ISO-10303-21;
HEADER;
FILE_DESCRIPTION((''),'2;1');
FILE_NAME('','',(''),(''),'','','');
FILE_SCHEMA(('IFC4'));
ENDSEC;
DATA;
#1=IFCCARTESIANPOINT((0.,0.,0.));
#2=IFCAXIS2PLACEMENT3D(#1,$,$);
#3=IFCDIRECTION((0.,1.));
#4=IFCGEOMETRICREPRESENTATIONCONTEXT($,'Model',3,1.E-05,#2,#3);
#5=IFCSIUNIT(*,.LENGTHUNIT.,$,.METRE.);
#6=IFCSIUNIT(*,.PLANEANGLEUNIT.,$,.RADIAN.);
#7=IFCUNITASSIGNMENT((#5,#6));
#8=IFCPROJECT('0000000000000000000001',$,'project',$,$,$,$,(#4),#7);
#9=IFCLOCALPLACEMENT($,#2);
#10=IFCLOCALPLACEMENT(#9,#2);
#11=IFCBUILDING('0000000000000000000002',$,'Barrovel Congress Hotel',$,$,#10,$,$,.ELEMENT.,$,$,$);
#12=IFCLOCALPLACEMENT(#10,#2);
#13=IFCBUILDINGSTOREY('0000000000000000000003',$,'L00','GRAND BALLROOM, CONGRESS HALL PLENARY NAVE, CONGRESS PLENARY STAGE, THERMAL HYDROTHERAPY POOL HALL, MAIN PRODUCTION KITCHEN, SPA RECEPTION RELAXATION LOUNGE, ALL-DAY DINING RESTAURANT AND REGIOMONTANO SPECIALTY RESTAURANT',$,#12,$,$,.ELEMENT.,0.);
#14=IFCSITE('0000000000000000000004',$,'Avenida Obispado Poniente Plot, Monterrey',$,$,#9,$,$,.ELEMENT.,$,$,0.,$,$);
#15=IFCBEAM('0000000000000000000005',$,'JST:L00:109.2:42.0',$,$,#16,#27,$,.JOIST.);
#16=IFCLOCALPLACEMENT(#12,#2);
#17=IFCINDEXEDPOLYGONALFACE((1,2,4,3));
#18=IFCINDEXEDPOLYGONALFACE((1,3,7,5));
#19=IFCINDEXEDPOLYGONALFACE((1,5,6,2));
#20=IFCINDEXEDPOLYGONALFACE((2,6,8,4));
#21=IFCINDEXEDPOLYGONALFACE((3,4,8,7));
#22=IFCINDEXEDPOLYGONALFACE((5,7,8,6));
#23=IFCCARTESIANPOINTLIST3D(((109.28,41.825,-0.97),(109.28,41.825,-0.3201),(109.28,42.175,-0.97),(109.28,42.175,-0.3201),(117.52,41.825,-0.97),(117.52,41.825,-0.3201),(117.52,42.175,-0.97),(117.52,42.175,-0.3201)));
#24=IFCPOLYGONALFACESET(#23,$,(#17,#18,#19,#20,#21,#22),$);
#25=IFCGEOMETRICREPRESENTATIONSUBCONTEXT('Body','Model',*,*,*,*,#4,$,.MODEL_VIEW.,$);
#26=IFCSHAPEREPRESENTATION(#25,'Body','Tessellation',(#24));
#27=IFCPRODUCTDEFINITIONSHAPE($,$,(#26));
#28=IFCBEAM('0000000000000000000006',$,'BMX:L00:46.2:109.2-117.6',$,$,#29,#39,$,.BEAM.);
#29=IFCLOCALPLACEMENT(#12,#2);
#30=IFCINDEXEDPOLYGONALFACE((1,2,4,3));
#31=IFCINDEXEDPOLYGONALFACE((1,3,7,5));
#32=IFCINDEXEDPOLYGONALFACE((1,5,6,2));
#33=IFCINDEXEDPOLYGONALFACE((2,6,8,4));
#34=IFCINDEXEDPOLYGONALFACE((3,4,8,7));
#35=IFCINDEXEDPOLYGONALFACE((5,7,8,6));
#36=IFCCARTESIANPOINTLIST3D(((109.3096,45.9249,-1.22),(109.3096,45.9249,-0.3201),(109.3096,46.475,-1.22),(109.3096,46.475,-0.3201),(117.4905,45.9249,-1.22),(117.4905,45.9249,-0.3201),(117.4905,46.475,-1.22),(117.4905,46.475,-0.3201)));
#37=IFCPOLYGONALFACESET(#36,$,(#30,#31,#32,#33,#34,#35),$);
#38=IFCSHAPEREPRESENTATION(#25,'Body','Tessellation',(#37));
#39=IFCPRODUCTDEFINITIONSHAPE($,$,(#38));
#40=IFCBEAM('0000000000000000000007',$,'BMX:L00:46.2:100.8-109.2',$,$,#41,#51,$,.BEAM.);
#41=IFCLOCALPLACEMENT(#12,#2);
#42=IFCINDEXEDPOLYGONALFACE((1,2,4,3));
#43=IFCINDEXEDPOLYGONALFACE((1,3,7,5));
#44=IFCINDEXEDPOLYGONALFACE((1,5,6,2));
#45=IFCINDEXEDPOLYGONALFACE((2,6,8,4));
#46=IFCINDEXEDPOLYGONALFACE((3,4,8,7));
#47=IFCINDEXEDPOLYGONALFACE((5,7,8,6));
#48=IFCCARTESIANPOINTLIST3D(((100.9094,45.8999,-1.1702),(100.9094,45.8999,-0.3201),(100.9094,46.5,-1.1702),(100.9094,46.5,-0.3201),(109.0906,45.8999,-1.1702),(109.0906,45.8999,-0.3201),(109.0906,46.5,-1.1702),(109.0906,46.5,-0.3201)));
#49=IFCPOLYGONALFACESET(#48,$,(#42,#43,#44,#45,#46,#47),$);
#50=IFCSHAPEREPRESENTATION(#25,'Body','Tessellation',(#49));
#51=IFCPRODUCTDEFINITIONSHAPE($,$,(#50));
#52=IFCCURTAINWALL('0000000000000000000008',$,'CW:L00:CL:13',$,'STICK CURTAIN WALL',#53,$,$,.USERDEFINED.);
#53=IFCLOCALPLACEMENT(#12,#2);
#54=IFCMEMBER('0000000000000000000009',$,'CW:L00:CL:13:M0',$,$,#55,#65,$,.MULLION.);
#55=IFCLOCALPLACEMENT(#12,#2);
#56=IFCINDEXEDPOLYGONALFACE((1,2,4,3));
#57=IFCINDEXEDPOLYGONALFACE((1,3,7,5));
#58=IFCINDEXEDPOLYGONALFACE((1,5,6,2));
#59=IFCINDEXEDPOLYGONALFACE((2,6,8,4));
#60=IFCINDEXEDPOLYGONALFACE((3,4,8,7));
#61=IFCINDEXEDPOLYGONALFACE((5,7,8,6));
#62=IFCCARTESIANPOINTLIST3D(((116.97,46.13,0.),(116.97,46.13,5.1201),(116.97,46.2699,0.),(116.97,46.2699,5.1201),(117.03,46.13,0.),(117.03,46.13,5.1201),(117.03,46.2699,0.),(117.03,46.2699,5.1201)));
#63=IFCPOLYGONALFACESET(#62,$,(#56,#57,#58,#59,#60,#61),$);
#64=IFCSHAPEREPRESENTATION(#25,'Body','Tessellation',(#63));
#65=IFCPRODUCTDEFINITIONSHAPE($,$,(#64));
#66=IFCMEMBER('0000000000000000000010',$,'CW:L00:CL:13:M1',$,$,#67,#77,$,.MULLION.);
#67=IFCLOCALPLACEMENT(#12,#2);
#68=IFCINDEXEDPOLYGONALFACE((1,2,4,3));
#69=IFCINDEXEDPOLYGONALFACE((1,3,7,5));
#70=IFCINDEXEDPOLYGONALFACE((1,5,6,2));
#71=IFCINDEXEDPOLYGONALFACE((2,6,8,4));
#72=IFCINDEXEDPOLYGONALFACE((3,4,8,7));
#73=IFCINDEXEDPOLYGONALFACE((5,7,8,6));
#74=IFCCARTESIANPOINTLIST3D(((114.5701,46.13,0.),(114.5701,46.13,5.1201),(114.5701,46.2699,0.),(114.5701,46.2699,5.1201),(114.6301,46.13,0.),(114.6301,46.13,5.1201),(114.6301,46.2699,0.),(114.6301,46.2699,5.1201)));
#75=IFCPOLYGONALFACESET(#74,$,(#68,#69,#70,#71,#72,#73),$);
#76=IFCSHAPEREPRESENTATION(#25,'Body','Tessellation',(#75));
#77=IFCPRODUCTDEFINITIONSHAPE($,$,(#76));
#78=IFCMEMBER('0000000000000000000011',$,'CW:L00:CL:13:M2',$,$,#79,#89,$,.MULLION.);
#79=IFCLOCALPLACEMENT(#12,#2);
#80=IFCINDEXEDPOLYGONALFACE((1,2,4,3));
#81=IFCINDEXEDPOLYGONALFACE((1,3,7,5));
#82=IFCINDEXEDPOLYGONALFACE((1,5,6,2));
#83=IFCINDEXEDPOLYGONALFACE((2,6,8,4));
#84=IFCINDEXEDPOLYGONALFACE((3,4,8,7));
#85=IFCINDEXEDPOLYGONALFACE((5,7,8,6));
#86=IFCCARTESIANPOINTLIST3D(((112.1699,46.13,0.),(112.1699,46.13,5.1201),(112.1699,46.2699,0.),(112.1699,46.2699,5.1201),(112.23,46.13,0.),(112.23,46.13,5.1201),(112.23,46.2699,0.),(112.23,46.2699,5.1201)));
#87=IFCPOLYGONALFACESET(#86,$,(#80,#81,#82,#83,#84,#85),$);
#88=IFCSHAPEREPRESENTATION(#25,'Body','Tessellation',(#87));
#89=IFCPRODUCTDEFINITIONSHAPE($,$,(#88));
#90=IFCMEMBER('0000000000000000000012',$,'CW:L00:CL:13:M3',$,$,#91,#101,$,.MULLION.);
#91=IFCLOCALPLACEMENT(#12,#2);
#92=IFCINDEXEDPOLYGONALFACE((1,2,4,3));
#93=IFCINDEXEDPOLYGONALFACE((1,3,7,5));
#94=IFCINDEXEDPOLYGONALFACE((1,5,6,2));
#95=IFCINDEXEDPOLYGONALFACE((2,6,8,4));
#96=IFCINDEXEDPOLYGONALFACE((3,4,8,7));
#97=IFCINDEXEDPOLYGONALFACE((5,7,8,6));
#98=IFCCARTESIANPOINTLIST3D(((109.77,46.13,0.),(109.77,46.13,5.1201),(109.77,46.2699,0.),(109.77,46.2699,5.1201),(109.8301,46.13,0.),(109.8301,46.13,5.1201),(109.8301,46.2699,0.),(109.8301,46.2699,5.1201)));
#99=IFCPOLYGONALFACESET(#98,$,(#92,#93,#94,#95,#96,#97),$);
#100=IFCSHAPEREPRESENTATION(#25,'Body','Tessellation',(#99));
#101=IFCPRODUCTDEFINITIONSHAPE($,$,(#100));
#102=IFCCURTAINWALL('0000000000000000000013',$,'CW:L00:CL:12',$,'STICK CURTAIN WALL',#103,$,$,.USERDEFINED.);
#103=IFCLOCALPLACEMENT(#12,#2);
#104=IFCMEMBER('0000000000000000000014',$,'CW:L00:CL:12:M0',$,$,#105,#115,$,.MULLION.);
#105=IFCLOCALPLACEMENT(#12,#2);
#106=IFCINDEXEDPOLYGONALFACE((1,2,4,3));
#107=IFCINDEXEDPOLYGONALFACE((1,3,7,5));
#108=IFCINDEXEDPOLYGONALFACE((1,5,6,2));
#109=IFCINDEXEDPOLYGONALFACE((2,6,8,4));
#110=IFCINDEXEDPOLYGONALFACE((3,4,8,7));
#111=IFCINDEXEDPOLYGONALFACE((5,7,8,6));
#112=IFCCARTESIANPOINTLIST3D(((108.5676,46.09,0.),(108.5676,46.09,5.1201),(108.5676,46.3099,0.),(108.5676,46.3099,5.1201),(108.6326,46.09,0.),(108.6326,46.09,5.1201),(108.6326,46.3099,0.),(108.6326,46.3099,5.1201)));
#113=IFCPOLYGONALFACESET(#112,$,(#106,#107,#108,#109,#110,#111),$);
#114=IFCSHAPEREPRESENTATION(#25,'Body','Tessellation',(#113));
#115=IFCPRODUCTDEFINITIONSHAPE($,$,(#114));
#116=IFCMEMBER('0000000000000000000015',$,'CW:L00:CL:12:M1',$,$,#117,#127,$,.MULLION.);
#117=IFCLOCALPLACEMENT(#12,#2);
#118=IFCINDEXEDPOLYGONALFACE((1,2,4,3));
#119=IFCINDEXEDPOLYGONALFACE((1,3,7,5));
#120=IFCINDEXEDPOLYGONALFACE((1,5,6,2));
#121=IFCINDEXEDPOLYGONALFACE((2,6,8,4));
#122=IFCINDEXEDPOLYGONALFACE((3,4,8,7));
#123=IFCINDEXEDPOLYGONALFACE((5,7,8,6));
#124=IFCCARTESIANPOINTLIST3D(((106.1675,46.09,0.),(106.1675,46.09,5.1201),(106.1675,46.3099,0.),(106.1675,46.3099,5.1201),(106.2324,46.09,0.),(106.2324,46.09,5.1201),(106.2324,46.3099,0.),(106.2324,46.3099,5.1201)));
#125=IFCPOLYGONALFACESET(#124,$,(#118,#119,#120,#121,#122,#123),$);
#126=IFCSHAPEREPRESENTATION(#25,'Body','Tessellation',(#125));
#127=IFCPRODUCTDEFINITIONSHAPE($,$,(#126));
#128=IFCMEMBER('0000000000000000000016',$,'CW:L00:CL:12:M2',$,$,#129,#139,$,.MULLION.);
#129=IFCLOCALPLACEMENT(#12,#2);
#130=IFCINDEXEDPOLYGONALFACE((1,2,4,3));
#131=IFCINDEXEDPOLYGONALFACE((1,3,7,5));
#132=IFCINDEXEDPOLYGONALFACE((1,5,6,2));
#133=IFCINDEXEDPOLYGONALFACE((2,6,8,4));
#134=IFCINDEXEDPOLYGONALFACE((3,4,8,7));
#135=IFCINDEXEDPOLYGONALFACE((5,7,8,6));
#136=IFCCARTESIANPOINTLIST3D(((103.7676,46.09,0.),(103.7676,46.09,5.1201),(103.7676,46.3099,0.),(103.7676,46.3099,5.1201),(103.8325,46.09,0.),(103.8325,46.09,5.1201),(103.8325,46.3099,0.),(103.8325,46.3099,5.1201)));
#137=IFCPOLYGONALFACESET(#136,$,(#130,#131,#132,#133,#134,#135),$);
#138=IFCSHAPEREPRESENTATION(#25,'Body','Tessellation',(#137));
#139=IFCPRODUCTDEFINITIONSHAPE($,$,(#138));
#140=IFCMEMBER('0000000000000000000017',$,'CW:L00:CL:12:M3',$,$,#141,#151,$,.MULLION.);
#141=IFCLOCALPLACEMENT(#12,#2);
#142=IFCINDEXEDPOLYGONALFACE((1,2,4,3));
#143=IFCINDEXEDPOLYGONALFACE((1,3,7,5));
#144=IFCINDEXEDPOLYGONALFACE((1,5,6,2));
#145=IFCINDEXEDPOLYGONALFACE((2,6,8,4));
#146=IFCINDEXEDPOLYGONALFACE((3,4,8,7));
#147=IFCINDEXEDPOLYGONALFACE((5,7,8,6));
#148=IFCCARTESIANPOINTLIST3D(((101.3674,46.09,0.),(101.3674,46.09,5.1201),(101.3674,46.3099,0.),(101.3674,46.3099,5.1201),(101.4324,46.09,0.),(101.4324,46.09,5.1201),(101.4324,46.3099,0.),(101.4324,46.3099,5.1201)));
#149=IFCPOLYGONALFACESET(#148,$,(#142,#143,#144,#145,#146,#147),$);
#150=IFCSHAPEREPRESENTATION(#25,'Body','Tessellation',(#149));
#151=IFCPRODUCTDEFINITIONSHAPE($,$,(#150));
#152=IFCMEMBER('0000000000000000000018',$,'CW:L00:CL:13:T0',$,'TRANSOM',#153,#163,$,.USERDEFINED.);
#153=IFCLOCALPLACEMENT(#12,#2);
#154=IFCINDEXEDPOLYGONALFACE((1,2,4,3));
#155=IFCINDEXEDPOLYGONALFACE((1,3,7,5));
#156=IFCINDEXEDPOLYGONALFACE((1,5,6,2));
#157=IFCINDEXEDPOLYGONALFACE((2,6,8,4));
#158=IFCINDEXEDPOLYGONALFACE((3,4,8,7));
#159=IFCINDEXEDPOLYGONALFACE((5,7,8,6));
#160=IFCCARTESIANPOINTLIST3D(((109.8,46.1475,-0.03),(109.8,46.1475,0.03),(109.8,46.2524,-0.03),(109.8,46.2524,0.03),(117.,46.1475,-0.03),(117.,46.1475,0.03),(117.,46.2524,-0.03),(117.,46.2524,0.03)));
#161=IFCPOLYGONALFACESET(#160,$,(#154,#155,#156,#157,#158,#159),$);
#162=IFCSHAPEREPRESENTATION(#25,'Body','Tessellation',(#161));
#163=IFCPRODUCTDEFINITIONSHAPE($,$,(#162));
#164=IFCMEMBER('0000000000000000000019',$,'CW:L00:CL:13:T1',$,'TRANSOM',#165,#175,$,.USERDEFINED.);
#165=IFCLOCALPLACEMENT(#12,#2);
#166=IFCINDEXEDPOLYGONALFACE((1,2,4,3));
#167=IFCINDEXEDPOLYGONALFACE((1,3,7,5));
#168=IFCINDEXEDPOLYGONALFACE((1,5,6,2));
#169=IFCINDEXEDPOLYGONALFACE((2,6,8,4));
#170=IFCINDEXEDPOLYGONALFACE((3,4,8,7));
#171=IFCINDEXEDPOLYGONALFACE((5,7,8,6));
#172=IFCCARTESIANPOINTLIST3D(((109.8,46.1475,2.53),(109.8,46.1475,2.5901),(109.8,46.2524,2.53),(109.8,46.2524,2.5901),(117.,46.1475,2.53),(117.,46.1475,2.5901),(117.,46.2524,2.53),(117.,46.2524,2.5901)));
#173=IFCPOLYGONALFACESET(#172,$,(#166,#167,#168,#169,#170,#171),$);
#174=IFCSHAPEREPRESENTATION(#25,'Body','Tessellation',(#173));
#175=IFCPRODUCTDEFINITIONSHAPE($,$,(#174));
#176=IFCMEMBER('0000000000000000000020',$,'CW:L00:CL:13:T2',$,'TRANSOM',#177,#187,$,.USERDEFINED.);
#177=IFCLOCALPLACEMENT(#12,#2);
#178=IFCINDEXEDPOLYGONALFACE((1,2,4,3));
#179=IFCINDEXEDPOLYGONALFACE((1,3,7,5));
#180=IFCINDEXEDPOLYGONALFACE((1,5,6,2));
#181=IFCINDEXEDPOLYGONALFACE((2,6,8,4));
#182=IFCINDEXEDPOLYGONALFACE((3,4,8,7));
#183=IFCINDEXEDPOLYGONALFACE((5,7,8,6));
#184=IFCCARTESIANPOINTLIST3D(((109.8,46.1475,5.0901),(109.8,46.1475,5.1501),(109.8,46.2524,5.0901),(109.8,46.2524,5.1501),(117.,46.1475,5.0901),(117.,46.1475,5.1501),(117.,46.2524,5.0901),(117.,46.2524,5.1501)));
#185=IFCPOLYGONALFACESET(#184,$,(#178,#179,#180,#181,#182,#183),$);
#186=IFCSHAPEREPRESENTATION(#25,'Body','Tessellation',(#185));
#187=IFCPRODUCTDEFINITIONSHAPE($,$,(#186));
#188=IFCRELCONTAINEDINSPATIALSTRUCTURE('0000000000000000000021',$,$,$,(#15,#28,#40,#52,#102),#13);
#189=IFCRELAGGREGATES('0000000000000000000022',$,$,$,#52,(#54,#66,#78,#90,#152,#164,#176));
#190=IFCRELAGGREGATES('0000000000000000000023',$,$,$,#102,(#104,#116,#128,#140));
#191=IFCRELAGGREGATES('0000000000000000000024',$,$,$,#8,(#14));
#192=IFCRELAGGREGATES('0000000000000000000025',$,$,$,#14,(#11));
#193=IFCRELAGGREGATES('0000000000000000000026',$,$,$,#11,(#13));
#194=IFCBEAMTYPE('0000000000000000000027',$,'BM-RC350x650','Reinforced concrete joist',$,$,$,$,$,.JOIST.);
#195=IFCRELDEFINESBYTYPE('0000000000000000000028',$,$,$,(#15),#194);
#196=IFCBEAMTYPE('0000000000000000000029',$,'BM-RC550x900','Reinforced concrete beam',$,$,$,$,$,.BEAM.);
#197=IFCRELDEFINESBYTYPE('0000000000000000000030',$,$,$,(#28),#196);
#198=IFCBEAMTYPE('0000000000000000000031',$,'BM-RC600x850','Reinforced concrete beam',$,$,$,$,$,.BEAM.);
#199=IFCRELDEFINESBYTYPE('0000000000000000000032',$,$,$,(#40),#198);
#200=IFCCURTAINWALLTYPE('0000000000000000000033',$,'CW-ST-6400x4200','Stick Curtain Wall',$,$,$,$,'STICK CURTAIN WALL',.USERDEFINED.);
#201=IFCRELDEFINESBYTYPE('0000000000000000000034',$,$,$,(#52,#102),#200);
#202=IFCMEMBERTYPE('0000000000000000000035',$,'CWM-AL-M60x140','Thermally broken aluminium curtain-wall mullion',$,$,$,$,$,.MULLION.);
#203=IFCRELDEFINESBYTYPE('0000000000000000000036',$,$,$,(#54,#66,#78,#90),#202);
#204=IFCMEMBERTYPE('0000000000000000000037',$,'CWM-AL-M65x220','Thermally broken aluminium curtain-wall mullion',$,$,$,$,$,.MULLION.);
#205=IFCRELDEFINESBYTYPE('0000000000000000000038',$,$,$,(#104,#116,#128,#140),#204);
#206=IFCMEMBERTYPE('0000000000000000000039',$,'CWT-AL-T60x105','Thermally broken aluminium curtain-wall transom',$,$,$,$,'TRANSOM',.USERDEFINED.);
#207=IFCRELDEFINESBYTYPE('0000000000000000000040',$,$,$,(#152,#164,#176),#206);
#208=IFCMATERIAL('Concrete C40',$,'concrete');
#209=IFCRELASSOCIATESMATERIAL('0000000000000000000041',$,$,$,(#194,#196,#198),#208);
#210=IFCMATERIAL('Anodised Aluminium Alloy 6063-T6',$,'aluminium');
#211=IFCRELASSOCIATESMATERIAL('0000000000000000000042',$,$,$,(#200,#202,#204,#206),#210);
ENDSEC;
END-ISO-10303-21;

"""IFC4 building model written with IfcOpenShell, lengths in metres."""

from ifc_helpers import new_model, si_unit, direction, frame, origin, origin_2d, place, context, subcontext, project, spatial, rectangle, extrude, material, material_profile, profile_set, type_object, element, aggregate, save


model = new_model("IFC4")

# Units and contexts
model_context = context("Model", 3, precision=1e-05, world=origin(), true_north=direction((0.0, 1.0)))
body_context = subcontext(model_context, "Body", "Model", "MODEL_VIEW")
ifc_project = project(units=[si_unit("LENGTHUNIT", "METRE"), si_unit("PLANEANGLEUNIT", "RADIAN")], contexts=[model_context])

# Site, building, storey
site_placement = place(None, origin())
site = spatial("IfcSite", under=ifc_project, at=site_placement, Name="Avenida Obispado Poniente Plot, Monterrey", CompositionType="ELEMENT", RefElevation=0.0)
building_placement = place(site_placement, origin())
building = spatial("IfcBuilding", under=site, at=building_placement, Name="Barrovel Congress Hotel", CompositionType="ELEMENT")
storey_placement = place(building_placement, origin())
storey = spatial("IfcBuildingStorey", under=building, at=storey_placement, Name="L00", Description="GRAND BALLROOM, CONGRESS HALL PLENARY NAVE, CONGRESS PLENARY STAGE, THERMAL HYDROTHERAPY POOL HALL, MAIN PRODUCTION KITCHEN, SPA RECEPTION RELAXATION LOUNGE, ALL-DAY DINING RESTAURANT AND REGIOMONTANO SPECIALTY RESTAURANT", CompositionType="ELEMENT", Elevation=0.0)

# Shared definitions
ifc_material_1 = material(Name="Concrete C40", Category="concrete")

# Beams
ifc_material_profile_1 = material_profile(ifc_material_1, rectangle(XDim=0.3501, YDim=0.6499, at=origin_2d()), Name="RC350x650")
ifc_profile_set_1 = profile_set([ifc_material_profile_1], Name="Concrete C40")
beam_type_1 = type_object("IfcBeamType", Name="BM-RC350x650", Description="Reinforced concrete joist", PredefinedType="JOIST", material=ifc_profile_set_1)
beam_1_placement = place(storey_placement, frame((109.28, 42.0, -0.645), z_axis=(1.0, 0.0, 0.0), x_axis=(0.0, 1.0, 0.0)))
element("IfcBeam", 1, at=beam_1_placement, inside=storey, type_object=beam_type_1, Name="JST:L00:109.2:42.0", PredefinedType="JOIST", context=body_context, shape_type="SweptSolid", body=[
    extrude(rectangle(XDim=0.3501, YDim=0.6499, at=origin_2d()), origin(), (0.0, 0.0, 1.0), 8.24),
])
ifc_material_profile_2 = material_profile(ifc_material_1, rectangle(XDim=0.55, YDim=0.8999, at=origin_2d()), Name="RC550x900")
ifc_profile_set_2 = profile_set([ifc_material_profile_2], Name="Concrete C40")
beam_type_2 = type_object("IfcBeamType", Name="BM-RC550x900", Description="Reinforced concrete beam", PredefinedType="BEAM", material=ifc_profile_set_2)
beam_2_placement = place(storey_placement, frame((109.3096, 46.2, -0.77), z_axis=(1.0, 0.0, 0.0), x_axis=(0.0, 1.0, 0.0)))
element("IfcBeam", 2, at=beam_2_placement, inside=storey, type_object=beam_type_2, Name="BMX:L00:46.2:109.2-117.6", PredefinedType="BEAM", context=body_context, shape_type="SweptSolid", body=[
    extrude(rectangle(XDim=0.55, YDim=0.8999, at=origin_2d()), origin(), (0.0, 0.0, 1.0), 8.1809),
])
ifc_material_profile_3 = material_profile(ifc_material_1, rectangle(XDim=0.6001, YDim=0.8501, at=origin_2d()), Name="RC600x850")
ifc_profile_set_3 = profile_set([ifc_material_profile_3], Name="Concrete C40")
beam_type_3 = type_object("IfcBeamType", Name="BM-RC600x850", Description="Reinforced concrete beam", PredefinedType="BEAM", material=ifc_profile_set_3)
beam_3_placement = place(storey_placement, frame((100.9094, 46.2, -0.7451), z_axis=(1.0, 0.0, 0.0), x_axis=(0.0, 1.0, 0.0)))
element("IfcBeam", 3, at=beam_3_placement, inside=storey, type_object=beam_type_3, Name="BMX:L00:46.2:100.8-109.2", PredefinedType="BEAM", context=body_context, shape_type="SweptSolid", body=[
    extrude(rectangle(XDim=0.6001, YDim=0.8501, at=origin_2d()), origin(), (0.0, 0.0, 1.0), 8.1812),
])

# Curtain walls, members
ifc_material_2 = material(Name="Anodised Aluminium Alloy 6063-T6", Category="aluminium")
curtain_wall_type = type_object("IfcCurtainWallType", Name="CW-ST-6400x4200", Description="Stick Curtain Wall", ElementType="STICK CURTAIN WALL", PredefinedType="USERDEFINED", material=ifc_material_2)
curtain_wall_1_placement = place(storey_placement, origin())
curtain_wall_1 = element("IfcCurtainWall", 4, at=curtain_wall_1_placement, inside=storey, type_object=curtain_wall_type, Name="CW:L00:CL:13", ObjectType="STICK CURTAIN WALL", PredefinedType="USERDEFINED")
ifc_material_profile_4 = material_profile(ifc_material_2, rectangle(XDim=0.0601, YDim=0.1399, at=origin_2d()), Name="AL-M60x140")
ifc_profile_set_4 = profile_set([ifc_material_profile_4], Name="Anodised Aluminium Alloy 6063-T6")
member_type_1 = type_object("IfcMemberType", Name="CWM-AL-M60x140", Description="Thermally broken aluminium curtain-wall mullion", PredefinedType="MULLION", material=ifc_profile_set_4)
member_1_placement = place(storey_placement, frame((117.0, 46.2, 0.0), z_axis=(0.0, 0.0, 1.0), x_axis=(1.0, 0.0, 0.0)))
member_1 = element("IfcMember", 5, at=member_1_placement, type_object=member_type_1, Name="CW:L00:CL:13:M0", PredefinedType="MULLION", context=body_context, shape_type="SweptSolid", body=[
    extrude(rectangle(XDim=0.0601, YDim=0.1399, at=origin_2d()), origin(), (0.0, 0.0, 1.0), 5.1201),
])
member_2_placement = place(storey_placement, frame((114.6001, 46.2, 0.0), z_axis=(0.0, 0.0, 1.0), x_axis=(1.0, 0.0, 0.0)))
member_2 = element("IfcMember", 6, at=member_2_placement, type_object=member_type_1, Name="CW:L00:CL:13:M1", PredefinedType="MULLION", context=body_context, shape_type="SweptSolid", body=[
    extrude(rectangle(XDim=0.0601, YDim=0.1399, at=origin_2d()), origin(), (0.0, 0.0, 1.0), 5.1201),
])
member_3_placement = place(storey_placement, frame((112.2, 46.2, 0.0), z_axis=(0.0, 0.0, 1.0), x_axis=(1.0, 0.0, 0.0)))
member_3 = element("IfcMember", 7, at=member_3_placement, type_object=member_type_1, Name="CW:L00:CL:13:M2", PredefinedType="MULLION", context=body_context, shape_type="SweptSolid", body=[
    extrude(rectangle(XDim=0.0601, YDim=0.1399, at=origin_2d()), origin(), (0.0, 0.0, 1.0), 5.1201),
])
member_4_placement = place(storey_placement, frame((109.8, 46.2, 0.0), z_axis=(0.0, 0.0, 1.0), x_axis=(1.0, 0.0, 0.0)))
member_4 = element("IfcMember", 8, at=member_4_placement, type_object=member_type_1, Name="CW:L00:CL:13:M3", PredefinedType="MULLION", context=body_context, shape_type="SweptSolid", body=[
    extrude(rectangle(XDim=0.0601, YDim=0.1399, at=origin_2d()), origin(), (0.0, 0.0, 1.0), 5.1201),
])
curtain_wall_2_placement = place(storey_placement, origin())
curtain_wall_2 = element("IfcCurtainWall", 9, at=curtain_wall_2_placement, inside=storey, type_object=curtain_wall_type, Name="CW:L00:CL:12", ObjectType="STICK CURTAIN WALL", PredefinedType="USERDEFINED")
ifc_material_profile_5 = material_profile(ifc_material_2, rectangle(XDim=0.0649, YDim=0.22, at=origin_2d()), Name="AL-M65x220")
ifc_profile_set_5 = profile_set([ifc_material_profile_5], Name="Anodised Aluminium Alloy 6063-T6")
member_type_2 = type_object("IfcMemberType", Name="CWM-AL-M65x220", Description="Thermally broken aluminium curtain-wall mullion", PredefinedType="MULLION", material=ifc_profile_set_5)
member_5_placement = place(storey_placement, frame((108.6001, 46.2, 0.0), z_axis=(0.0, 0.0, 1.0), x_axis=(1.0, 0.0, 0.0)))
member_5 = element("IfcMember", 10, at=member_5_placement, type_object=member_type_2, Name="CW:L00:CL:12:M0", PredefinedType="MULLION", context=body_context, shape_type="SweptSolid", body=[
    extrude(rectangle(XDim=0.0649, YDim=0.22, at=origin_2d()), origin(), (0.0, 0.0, 1.0), 5.1201),
])
member_6_placement = place(storey_placement, frame((106.2, 46.2, 0.0), z_axis=(0.0, 0.0, 1.0), x_axis=(1.0, 0.0, 0.0)))
member_6 = element("IfcMember", 11, at=member_6_placement, type_object=member_type_2, Name="CW:L00:CL:12:M1", PredefinedType="MULLION", context=body_context, shape_type="SweptSolid", body=[
    extrude(rectangle(XDim=0.0649, YDim=0.22, at=origin_2d()), origin(), (0.0, 0.0, 1.0), 5.1201),
])
member_7_placement = place(storey_placement, frame((103.8, 46.2, 0.0), z_axis=(0.0, 0.0, 1.0), x_axis=(1.0, 0.0, 0.0)))
member_7 = element("IfcMember", 12, at=member_7_placement, type_object=member_type_2, Name="CW:L00:CL:12:M2", PredefinedType="MULLION", context=body_context, shape_type="SweptSolid", body=[
    extrude(rectangle(XDim=0.0649, YDim=0.22, at=origin_2d()), origin(), (0.0, 0.0, 1.0), 5.1201),
])
member_8_placement = place(storey_placement, frame((101.3999, 46.2, 0.0), z_axis=(0.0, 0.0, 1.0), x_axis=(1.0, 0.0, 0.0)))
member_8 = element("IfcMember", 13, at=member_8_placement, type_object=member_type_2, Name="CW:L00:CL:12:M3", PredefinedType="MULLION", context=body_context, shape_type="SweptSolid", body=[
    extrude(rectangle(XDim=0.0649, YDim=0.22, at=origin_2d()), origin(), (0.0, 0.0, 1.0), 5.1201),
])

# Members
ifc_material_profile_6 = material_profile(ifc_material_2, rectangle(XDim=0.105, YDim=0.0601, at=origin_2d()), Name="AL-T60x105")
ifc_profile_set_6 = profile_set([ifc_material_profile_6], Name="Anodised Aluminium Alloy 6063-T6")
member_type_3 = type_object("IfcMemberType", Name="CWT-AL-T60x105", Description="Thermally broken aluminium curtain-wall transom", ElementType="TRANSOM", PredefinedType="USERDEFINED", material=ifc_profile_set_6)
member_9_placement = place(storey_placement, frame((117.0, 46.2, 0.0), z_axis=(-1.0, 0.0, 0.0), x_axis=(0.0, -1.0, 0.0)))
member_9 = element("IfcMember", 14, at=member_9_placement, type_object=member_type_3, Name="CW:L00:CL:13:T0", ObjectType="TRANSOM", PredefinedType="USERDEFINED", context=body_context, shape_type="SweptSolid", body=[
    extrude(rectangle(XDim=0.105, YDim=0.0601, at=origin_2d()), origin(), (0.0, 0.0, 1.0), 7.2),
])
member_10_placement = place(storey_placement, frame((117.0, 46.2, 2.5601), z_axis=(-1.0, 0.0, 0.0), x_axis=(0.0, -1.0, 0.0)))
member_10 = element("IfcMember", 15, at=member_10_placement, type_object=member_type_3, Name="CW:L00:CL:13:T1", ObjectType="TRANSOM", PredefinedType="USERDEFINED", context=body_context, shape_type="SweptSolid", body=[
    extrude(rectangle(XDim=0.105, YDim=0.0601, at=origin_2d()), origin(), (0.0, 0.0, 1.0), 7.2),
])
member_11_placement = place(storey_placement, frame((117.0, 46.2, 5.1201), z_axis=(-1.0, 0.0, 0.0), x_axis=(0.0, -1.0, 0.0)))
member_11 = element("IfcMember", 16, at=member_11_placement, type_object=member_type_3, Name="CW:L00:CL:13:T2", ObjectType="TRANSOM", PredefinedType="USERDEFINED", context=body_context, shape_type="SweptSolid", body=[
    extrude(rectangle(XDim=0.105, YDim=0.0601, at=origin_2d()), origin(), (0.0, 0.0, 1.0), 7.2),
])

aggregate(curtain_wall_1, [member_1, member_2, member_3, member_4, member_9, member_10, member_11])
aggregate(curtain_wall_2, [member_5, member_6, member_7, member_8])

save(model, "model.ifc")
